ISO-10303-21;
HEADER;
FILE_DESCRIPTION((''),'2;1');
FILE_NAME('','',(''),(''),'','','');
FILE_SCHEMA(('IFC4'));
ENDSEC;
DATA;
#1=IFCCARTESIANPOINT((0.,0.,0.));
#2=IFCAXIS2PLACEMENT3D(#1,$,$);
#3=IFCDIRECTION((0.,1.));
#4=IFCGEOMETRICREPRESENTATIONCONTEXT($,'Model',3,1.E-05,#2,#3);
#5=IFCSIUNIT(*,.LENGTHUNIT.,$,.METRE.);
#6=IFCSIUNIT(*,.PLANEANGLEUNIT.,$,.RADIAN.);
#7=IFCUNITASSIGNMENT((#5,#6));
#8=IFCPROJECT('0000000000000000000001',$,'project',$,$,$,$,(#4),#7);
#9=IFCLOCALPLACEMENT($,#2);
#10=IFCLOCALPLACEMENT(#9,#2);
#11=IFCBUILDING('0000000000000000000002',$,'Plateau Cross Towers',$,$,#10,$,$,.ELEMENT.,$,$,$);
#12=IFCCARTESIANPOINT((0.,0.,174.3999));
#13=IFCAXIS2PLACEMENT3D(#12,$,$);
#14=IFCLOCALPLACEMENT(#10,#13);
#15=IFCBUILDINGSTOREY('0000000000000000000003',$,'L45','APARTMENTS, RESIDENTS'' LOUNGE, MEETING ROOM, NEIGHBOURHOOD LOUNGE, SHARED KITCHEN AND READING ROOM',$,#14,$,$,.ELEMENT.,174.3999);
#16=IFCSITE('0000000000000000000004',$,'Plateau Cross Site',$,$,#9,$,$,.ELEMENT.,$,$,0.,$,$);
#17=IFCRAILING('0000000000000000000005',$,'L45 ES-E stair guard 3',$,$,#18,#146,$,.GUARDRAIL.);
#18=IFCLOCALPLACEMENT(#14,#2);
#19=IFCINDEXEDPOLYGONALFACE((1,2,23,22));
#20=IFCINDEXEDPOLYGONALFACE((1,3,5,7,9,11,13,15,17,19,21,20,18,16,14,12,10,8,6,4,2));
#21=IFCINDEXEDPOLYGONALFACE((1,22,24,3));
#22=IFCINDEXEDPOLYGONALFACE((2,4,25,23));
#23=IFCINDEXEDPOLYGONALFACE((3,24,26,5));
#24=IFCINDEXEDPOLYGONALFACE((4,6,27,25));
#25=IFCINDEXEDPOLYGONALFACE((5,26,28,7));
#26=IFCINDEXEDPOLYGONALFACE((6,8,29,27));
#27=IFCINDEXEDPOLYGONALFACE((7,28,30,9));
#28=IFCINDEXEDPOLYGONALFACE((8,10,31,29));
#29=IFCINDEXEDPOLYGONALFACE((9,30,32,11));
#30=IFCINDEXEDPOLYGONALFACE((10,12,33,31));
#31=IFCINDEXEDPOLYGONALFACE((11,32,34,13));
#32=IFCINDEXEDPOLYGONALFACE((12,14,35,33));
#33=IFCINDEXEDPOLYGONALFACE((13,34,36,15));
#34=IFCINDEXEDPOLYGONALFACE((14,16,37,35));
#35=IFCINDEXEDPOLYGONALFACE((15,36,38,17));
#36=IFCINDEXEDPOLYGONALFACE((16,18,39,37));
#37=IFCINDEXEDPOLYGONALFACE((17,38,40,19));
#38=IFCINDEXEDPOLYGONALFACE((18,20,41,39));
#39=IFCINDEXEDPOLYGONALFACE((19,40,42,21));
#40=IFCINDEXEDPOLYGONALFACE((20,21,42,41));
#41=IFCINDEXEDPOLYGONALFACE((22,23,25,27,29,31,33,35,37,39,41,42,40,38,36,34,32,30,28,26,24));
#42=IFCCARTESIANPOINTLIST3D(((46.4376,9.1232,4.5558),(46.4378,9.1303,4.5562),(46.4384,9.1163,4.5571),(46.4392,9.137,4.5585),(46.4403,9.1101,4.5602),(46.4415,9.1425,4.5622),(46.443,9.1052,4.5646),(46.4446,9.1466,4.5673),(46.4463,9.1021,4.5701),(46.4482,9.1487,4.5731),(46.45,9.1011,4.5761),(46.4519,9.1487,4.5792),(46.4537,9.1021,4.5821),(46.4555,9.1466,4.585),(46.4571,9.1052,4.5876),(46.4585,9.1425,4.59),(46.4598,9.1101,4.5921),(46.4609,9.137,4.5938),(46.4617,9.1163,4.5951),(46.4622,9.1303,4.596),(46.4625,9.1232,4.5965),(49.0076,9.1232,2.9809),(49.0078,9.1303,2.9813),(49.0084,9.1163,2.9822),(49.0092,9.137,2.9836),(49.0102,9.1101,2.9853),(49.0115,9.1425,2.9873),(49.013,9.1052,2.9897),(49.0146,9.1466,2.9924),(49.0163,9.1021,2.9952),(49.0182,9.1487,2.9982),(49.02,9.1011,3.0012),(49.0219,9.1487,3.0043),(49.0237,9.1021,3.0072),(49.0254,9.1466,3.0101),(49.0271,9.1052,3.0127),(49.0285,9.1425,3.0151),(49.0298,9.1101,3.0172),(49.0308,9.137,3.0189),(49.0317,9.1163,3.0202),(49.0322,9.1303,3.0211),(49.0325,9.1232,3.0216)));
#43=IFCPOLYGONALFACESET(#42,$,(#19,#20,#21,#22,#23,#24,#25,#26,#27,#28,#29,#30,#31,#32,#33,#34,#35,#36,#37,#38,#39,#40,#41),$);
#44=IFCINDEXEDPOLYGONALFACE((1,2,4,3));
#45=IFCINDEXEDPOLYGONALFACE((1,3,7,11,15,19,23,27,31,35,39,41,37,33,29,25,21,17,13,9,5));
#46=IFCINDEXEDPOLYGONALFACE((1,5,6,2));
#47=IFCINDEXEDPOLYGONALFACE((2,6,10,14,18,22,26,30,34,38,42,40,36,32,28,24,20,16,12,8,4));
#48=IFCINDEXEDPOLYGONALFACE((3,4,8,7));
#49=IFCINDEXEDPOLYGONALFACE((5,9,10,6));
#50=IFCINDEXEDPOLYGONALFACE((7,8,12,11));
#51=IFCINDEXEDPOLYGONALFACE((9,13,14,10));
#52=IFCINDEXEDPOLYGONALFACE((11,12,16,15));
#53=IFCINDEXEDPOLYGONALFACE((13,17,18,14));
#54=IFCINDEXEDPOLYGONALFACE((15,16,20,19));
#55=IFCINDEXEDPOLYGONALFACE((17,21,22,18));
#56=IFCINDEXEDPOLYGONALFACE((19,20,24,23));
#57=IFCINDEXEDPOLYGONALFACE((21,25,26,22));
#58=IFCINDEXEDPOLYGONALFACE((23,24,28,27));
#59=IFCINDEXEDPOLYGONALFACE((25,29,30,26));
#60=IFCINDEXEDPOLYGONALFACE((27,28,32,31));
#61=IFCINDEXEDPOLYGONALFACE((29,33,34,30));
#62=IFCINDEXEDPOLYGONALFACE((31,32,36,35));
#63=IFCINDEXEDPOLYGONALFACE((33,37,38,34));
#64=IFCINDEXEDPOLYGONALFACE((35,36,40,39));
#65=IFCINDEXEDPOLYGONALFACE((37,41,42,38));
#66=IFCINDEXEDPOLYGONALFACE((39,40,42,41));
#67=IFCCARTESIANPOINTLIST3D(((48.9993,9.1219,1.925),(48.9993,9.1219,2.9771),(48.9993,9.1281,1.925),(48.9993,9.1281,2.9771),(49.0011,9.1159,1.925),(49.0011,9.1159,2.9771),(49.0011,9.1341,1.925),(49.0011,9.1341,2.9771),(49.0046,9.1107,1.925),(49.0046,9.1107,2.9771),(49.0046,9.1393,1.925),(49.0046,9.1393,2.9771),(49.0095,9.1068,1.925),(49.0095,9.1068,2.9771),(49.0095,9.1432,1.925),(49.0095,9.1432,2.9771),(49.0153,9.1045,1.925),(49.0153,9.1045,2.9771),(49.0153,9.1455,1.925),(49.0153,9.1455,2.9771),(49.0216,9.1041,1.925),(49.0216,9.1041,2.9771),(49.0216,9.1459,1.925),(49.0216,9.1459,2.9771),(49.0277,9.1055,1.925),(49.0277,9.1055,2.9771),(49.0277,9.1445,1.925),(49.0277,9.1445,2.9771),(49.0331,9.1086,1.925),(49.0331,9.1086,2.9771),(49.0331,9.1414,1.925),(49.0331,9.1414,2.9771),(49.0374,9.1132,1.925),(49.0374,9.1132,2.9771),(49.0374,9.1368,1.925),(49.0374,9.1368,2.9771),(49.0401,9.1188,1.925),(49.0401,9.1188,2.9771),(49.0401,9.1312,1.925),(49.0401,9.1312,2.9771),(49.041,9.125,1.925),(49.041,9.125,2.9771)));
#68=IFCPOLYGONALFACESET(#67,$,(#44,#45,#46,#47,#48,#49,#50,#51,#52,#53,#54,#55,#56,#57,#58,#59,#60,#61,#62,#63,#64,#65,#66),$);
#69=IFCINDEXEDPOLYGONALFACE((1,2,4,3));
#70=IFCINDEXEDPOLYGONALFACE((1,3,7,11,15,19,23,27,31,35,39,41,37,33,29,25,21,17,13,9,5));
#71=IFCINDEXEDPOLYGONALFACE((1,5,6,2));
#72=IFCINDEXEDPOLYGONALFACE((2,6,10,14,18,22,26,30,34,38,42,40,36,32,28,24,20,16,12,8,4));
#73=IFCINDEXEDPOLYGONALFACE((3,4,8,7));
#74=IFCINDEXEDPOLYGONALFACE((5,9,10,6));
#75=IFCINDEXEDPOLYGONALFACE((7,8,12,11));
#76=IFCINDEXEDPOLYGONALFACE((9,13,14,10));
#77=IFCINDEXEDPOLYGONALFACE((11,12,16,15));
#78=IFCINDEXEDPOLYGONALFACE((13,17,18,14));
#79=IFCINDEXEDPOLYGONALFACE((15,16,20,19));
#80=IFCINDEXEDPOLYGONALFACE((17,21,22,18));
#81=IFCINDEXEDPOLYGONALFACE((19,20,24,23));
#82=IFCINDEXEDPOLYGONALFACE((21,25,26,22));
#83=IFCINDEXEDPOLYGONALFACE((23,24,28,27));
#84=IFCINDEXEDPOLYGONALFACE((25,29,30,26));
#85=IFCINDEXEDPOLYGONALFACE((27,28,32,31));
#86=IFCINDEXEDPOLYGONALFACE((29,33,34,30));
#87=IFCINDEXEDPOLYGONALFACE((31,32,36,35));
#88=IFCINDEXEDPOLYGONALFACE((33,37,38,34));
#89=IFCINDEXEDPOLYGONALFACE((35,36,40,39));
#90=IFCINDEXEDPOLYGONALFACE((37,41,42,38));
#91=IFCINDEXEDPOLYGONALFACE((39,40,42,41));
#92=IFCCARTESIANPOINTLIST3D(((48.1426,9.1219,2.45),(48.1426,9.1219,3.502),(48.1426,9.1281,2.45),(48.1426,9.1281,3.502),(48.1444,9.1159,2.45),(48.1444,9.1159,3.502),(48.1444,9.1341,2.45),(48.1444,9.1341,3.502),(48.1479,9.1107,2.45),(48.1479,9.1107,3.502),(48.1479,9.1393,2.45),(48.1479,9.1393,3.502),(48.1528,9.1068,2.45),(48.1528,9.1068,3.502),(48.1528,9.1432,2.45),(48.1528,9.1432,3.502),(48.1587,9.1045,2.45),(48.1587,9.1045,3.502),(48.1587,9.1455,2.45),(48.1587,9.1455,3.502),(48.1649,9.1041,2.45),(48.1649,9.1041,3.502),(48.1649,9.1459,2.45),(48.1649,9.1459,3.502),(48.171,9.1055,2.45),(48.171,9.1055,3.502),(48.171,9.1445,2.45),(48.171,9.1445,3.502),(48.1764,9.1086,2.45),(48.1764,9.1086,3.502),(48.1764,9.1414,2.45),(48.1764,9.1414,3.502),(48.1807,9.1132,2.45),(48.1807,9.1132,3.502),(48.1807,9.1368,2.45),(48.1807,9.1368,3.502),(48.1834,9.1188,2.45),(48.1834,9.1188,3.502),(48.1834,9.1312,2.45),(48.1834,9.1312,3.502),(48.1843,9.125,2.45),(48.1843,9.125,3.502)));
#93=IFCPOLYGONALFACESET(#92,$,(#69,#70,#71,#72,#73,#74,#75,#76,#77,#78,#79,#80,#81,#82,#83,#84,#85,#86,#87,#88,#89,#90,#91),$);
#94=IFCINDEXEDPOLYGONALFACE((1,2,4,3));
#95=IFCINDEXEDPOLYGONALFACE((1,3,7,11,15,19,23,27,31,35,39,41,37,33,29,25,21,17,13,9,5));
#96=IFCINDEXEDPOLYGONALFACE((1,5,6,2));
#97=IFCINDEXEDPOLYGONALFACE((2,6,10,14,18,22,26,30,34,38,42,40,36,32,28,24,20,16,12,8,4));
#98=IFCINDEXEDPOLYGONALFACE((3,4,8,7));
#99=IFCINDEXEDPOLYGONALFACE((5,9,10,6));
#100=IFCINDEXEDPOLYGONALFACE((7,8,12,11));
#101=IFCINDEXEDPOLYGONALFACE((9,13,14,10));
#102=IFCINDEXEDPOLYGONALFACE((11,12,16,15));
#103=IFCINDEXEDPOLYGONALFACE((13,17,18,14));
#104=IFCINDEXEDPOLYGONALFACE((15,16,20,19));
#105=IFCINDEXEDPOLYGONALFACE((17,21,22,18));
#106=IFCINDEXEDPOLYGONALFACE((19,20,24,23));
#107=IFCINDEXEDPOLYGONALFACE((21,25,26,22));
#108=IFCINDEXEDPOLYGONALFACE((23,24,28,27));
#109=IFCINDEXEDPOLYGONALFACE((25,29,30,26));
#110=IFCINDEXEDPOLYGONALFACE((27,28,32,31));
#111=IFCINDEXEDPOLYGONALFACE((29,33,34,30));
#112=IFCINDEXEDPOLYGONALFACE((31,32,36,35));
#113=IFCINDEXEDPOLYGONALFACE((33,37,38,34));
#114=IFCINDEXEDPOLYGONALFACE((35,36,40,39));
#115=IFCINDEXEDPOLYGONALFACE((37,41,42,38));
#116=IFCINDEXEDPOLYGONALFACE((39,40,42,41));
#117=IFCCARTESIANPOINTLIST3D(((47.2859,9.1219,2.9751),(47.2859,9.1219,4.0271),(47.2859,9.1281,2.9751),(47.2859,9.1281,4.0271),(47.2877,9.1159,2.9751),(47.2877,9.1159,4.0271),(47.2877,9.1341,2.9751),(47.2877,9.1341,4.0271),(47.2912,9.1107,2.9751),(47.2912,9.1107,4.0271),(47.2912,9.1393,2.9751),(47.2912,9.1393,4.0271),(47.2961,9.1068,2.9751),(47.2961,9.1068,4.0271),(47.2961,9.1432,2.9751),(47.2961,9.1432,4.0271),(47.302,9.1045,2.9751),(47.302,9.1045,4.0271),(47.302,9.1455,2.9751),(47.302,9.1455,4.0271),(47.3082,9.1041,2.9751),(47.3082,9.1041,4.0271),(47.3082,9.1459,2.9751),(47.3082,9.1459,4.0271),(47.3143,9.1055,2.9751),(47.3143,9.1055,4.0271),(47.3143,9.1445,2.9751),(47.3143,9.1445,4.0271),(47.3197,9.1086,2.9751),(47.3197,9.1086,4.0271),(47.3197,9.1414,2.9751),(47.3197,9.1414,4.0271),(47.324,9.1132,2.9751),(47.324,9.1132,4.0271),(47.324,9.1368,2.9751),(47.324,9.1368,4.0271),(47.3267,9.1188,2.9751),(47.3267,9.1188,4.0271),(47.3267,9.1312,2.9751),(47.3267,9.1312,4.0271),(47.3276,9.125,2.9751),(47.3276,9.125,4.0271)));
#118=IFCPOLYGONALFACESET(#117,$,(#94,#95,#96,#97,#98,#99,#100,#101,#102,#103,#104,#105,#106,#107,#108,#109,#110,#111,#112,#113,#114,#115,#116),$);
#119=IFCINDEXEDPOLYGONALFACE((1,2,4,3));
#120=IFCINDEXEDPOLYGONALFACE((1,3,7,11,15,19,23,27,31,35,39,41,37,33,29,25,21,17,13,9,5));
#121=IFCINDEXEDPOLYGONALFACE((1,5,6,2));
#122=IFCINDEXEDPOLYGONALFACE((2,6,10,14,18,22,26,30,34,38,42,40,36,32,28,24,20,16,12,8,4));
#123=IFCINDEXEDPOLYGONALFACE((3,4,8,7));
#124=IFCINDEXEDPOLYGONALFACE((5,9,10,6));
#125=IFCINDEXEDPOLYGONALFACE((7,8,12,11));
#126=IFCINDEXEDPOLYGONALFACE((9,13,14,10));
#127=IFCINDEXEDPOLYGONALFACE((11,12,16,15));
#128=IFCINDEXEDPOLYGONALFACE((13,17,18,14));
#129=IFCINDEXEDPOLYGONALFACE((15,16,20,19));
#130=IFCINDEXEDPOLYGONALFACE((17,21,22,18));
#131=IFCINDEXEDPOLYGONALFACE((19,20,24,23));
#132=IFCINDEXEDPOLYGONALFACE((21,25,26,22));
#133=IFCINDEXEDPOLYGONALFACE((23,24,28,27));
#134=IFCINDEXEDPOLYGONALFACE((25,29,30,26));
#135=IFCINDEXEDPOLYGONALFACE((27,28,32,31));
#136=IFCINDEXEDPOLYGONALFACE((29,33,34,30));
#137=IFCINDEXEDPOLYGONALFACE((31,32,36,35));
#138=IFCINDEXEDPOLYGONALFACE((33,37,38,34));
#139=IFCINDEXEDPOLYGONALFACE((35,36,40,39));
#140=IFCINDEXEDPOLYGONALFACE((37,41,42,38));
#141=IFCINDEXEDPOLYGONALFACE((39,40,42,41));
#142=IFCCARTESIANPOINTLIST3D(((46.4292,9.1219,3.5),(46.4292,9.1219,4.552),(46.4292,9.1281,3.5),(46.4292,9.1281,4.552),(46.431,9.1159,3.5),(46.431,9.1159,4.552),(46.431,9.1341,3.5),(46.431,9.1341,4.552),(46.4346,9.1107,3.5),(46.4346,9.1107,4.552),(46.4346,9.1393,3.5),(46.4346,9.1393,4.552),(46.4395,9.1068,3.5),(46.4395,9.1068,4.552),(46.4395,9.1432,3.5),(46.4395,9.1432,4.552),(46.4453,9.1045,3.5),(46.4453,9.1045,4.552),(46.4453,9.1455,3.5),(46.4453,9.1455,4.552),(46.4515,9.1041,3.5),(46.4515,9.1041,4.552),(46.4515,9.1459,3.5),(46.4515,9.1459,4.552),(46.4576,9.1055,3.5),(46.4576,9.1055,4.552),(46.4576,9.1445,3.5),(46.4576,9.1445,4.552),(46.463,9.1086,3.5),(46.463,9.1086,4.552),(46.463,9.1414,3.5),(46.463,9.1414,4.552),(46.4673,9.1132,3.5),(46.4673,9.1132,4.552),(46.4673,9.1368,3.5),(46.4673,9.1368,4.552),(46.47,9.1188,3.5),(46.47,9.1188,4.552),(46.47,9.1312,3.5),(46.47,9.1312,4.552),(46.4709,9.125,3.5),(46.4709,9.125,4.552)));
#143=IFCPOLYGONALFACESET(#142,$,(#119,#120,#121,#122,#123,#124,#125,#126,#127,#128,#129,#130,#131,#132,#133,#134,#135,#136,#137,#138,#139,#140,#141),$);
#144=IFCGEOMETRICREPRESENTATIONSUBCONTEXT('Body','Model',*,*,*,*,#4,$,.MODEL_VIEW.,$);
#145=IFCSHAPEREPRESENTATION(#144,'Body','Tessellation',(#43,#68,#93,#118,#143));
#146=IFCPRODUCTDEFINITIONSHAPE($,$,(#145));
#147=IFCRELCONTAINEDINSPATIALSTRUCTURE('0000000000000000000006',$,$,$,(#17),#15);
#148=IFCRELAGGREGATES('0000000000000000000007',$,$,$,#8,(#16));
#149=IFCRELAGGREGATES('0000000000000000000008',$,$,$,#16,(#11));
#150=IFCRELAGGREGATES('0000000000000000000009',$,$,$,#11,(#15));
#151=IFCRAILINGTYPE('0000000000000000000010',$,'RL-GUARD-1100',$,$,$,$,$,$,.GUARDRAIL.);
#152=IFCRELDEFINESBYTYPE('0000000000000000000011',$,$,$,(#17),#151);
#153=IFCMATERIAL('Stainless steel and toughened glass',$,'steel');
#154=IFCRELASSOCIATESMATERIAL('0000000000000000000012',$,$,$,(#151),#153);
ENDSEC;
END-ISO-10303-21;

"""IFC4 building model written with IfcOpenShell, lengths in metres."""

from ifc_helpers import new_model, si_unit, direction, frame, origin, origin_2d, place, context, subcontext, project, spatial, circle, extrude, material, type_object, element, save


model = new_model("IFC4")

# Units and contexts
model_context = context("Model", 3, precision=1e-05, world=origin(), true_north=direction((0.0, 1.0)))
body_context = subcontext(model_context, "Body", "Model", "MODEL_VIEW")
ifc_project = project(units=[si_unit("LENGTHUNIT", "METRE"), si_unit("PLANEANGLEUNIT", "RADIAN")], contexts=[model_context])

# Site, building, storey
site_placement = place(None, origin())
site = spatial("IfcSite", under=ifc_project, at=site_placement, Name="Plateau Cross Site", CompositionType="ELEMENT", RefElevation=0.0)
building_placement = place(site_placement, origin())
building = spatial("IfcBuilding", under=site, at=building_placement, Name="Plateau Cross Towers", CompositionType="ELEMENT")
storey_placement = place(building_placement, frame((0.0, 0.0, 174.3999)))
storey = spatial("IfcBuildingStorey", under=building, at=storey_placement, Name="L45", Description="APARTMENTS, RESIDENTS' LOUNGE, MEETING ROOM, NEIGHBOURHOOD LOUNGE, SHARED KITCHEN AND READING ROOM", CompositionType="ELEMENT", Elevation=174.3999)

# Railing
ifc_material_1 = material(Name="Stainless steel and toughened glass", Category="steel")
railing_type_1 = type_object("IfcRailingType", Name="RL-GUARD-1100", PredefinedType="GUARDRAIL", material=ifc_material_1)
railing_1_placement = place(storey_placement, frame((49.02, 9.125, 1.925)))
element("IfcRailing", 1, at=railing_1_placement, inside=storey, type_object=railing_type_1, Name="L45 ES-E stair guard 3", PredefinedType="GUARDRAIL", context=body_context, shape_type="SweptSolid", body=[
    extrude(circle(Radius=0.0239, at=origin_2d()), frame((0.0, 0.0, 1.0762), z_axis=(-0.852639, 0.0, 0.522501), x_axis=(0.0, -1.0, 0.0)), (0.0, 0.0, 1.0), 3.0142),
    extrude(circle(Radius=0.021, at=origin_2d()), origin(), (0.0, 0.0, 1.0), 1.052),
    extrude(circle(Radius=0.021, at=origin_2d()), frame((-0.8567, 0.0, 0.5249)), (0.0, 0.0, 1.0), 1.052),
    extrude(circle(Radius=0.021, at=origin_2d()), frame((-1.7134, 0.0, 1.05)), (0.0, 0.0, 1.0), 1.052),
    extrude(circle(Radius=0.021, at=origin_2d()), frame((-2.5701, 0.0, 1.575)), (0.0, 0.0, 1.0), 1.052),
])

save(model, "model.ifc")
